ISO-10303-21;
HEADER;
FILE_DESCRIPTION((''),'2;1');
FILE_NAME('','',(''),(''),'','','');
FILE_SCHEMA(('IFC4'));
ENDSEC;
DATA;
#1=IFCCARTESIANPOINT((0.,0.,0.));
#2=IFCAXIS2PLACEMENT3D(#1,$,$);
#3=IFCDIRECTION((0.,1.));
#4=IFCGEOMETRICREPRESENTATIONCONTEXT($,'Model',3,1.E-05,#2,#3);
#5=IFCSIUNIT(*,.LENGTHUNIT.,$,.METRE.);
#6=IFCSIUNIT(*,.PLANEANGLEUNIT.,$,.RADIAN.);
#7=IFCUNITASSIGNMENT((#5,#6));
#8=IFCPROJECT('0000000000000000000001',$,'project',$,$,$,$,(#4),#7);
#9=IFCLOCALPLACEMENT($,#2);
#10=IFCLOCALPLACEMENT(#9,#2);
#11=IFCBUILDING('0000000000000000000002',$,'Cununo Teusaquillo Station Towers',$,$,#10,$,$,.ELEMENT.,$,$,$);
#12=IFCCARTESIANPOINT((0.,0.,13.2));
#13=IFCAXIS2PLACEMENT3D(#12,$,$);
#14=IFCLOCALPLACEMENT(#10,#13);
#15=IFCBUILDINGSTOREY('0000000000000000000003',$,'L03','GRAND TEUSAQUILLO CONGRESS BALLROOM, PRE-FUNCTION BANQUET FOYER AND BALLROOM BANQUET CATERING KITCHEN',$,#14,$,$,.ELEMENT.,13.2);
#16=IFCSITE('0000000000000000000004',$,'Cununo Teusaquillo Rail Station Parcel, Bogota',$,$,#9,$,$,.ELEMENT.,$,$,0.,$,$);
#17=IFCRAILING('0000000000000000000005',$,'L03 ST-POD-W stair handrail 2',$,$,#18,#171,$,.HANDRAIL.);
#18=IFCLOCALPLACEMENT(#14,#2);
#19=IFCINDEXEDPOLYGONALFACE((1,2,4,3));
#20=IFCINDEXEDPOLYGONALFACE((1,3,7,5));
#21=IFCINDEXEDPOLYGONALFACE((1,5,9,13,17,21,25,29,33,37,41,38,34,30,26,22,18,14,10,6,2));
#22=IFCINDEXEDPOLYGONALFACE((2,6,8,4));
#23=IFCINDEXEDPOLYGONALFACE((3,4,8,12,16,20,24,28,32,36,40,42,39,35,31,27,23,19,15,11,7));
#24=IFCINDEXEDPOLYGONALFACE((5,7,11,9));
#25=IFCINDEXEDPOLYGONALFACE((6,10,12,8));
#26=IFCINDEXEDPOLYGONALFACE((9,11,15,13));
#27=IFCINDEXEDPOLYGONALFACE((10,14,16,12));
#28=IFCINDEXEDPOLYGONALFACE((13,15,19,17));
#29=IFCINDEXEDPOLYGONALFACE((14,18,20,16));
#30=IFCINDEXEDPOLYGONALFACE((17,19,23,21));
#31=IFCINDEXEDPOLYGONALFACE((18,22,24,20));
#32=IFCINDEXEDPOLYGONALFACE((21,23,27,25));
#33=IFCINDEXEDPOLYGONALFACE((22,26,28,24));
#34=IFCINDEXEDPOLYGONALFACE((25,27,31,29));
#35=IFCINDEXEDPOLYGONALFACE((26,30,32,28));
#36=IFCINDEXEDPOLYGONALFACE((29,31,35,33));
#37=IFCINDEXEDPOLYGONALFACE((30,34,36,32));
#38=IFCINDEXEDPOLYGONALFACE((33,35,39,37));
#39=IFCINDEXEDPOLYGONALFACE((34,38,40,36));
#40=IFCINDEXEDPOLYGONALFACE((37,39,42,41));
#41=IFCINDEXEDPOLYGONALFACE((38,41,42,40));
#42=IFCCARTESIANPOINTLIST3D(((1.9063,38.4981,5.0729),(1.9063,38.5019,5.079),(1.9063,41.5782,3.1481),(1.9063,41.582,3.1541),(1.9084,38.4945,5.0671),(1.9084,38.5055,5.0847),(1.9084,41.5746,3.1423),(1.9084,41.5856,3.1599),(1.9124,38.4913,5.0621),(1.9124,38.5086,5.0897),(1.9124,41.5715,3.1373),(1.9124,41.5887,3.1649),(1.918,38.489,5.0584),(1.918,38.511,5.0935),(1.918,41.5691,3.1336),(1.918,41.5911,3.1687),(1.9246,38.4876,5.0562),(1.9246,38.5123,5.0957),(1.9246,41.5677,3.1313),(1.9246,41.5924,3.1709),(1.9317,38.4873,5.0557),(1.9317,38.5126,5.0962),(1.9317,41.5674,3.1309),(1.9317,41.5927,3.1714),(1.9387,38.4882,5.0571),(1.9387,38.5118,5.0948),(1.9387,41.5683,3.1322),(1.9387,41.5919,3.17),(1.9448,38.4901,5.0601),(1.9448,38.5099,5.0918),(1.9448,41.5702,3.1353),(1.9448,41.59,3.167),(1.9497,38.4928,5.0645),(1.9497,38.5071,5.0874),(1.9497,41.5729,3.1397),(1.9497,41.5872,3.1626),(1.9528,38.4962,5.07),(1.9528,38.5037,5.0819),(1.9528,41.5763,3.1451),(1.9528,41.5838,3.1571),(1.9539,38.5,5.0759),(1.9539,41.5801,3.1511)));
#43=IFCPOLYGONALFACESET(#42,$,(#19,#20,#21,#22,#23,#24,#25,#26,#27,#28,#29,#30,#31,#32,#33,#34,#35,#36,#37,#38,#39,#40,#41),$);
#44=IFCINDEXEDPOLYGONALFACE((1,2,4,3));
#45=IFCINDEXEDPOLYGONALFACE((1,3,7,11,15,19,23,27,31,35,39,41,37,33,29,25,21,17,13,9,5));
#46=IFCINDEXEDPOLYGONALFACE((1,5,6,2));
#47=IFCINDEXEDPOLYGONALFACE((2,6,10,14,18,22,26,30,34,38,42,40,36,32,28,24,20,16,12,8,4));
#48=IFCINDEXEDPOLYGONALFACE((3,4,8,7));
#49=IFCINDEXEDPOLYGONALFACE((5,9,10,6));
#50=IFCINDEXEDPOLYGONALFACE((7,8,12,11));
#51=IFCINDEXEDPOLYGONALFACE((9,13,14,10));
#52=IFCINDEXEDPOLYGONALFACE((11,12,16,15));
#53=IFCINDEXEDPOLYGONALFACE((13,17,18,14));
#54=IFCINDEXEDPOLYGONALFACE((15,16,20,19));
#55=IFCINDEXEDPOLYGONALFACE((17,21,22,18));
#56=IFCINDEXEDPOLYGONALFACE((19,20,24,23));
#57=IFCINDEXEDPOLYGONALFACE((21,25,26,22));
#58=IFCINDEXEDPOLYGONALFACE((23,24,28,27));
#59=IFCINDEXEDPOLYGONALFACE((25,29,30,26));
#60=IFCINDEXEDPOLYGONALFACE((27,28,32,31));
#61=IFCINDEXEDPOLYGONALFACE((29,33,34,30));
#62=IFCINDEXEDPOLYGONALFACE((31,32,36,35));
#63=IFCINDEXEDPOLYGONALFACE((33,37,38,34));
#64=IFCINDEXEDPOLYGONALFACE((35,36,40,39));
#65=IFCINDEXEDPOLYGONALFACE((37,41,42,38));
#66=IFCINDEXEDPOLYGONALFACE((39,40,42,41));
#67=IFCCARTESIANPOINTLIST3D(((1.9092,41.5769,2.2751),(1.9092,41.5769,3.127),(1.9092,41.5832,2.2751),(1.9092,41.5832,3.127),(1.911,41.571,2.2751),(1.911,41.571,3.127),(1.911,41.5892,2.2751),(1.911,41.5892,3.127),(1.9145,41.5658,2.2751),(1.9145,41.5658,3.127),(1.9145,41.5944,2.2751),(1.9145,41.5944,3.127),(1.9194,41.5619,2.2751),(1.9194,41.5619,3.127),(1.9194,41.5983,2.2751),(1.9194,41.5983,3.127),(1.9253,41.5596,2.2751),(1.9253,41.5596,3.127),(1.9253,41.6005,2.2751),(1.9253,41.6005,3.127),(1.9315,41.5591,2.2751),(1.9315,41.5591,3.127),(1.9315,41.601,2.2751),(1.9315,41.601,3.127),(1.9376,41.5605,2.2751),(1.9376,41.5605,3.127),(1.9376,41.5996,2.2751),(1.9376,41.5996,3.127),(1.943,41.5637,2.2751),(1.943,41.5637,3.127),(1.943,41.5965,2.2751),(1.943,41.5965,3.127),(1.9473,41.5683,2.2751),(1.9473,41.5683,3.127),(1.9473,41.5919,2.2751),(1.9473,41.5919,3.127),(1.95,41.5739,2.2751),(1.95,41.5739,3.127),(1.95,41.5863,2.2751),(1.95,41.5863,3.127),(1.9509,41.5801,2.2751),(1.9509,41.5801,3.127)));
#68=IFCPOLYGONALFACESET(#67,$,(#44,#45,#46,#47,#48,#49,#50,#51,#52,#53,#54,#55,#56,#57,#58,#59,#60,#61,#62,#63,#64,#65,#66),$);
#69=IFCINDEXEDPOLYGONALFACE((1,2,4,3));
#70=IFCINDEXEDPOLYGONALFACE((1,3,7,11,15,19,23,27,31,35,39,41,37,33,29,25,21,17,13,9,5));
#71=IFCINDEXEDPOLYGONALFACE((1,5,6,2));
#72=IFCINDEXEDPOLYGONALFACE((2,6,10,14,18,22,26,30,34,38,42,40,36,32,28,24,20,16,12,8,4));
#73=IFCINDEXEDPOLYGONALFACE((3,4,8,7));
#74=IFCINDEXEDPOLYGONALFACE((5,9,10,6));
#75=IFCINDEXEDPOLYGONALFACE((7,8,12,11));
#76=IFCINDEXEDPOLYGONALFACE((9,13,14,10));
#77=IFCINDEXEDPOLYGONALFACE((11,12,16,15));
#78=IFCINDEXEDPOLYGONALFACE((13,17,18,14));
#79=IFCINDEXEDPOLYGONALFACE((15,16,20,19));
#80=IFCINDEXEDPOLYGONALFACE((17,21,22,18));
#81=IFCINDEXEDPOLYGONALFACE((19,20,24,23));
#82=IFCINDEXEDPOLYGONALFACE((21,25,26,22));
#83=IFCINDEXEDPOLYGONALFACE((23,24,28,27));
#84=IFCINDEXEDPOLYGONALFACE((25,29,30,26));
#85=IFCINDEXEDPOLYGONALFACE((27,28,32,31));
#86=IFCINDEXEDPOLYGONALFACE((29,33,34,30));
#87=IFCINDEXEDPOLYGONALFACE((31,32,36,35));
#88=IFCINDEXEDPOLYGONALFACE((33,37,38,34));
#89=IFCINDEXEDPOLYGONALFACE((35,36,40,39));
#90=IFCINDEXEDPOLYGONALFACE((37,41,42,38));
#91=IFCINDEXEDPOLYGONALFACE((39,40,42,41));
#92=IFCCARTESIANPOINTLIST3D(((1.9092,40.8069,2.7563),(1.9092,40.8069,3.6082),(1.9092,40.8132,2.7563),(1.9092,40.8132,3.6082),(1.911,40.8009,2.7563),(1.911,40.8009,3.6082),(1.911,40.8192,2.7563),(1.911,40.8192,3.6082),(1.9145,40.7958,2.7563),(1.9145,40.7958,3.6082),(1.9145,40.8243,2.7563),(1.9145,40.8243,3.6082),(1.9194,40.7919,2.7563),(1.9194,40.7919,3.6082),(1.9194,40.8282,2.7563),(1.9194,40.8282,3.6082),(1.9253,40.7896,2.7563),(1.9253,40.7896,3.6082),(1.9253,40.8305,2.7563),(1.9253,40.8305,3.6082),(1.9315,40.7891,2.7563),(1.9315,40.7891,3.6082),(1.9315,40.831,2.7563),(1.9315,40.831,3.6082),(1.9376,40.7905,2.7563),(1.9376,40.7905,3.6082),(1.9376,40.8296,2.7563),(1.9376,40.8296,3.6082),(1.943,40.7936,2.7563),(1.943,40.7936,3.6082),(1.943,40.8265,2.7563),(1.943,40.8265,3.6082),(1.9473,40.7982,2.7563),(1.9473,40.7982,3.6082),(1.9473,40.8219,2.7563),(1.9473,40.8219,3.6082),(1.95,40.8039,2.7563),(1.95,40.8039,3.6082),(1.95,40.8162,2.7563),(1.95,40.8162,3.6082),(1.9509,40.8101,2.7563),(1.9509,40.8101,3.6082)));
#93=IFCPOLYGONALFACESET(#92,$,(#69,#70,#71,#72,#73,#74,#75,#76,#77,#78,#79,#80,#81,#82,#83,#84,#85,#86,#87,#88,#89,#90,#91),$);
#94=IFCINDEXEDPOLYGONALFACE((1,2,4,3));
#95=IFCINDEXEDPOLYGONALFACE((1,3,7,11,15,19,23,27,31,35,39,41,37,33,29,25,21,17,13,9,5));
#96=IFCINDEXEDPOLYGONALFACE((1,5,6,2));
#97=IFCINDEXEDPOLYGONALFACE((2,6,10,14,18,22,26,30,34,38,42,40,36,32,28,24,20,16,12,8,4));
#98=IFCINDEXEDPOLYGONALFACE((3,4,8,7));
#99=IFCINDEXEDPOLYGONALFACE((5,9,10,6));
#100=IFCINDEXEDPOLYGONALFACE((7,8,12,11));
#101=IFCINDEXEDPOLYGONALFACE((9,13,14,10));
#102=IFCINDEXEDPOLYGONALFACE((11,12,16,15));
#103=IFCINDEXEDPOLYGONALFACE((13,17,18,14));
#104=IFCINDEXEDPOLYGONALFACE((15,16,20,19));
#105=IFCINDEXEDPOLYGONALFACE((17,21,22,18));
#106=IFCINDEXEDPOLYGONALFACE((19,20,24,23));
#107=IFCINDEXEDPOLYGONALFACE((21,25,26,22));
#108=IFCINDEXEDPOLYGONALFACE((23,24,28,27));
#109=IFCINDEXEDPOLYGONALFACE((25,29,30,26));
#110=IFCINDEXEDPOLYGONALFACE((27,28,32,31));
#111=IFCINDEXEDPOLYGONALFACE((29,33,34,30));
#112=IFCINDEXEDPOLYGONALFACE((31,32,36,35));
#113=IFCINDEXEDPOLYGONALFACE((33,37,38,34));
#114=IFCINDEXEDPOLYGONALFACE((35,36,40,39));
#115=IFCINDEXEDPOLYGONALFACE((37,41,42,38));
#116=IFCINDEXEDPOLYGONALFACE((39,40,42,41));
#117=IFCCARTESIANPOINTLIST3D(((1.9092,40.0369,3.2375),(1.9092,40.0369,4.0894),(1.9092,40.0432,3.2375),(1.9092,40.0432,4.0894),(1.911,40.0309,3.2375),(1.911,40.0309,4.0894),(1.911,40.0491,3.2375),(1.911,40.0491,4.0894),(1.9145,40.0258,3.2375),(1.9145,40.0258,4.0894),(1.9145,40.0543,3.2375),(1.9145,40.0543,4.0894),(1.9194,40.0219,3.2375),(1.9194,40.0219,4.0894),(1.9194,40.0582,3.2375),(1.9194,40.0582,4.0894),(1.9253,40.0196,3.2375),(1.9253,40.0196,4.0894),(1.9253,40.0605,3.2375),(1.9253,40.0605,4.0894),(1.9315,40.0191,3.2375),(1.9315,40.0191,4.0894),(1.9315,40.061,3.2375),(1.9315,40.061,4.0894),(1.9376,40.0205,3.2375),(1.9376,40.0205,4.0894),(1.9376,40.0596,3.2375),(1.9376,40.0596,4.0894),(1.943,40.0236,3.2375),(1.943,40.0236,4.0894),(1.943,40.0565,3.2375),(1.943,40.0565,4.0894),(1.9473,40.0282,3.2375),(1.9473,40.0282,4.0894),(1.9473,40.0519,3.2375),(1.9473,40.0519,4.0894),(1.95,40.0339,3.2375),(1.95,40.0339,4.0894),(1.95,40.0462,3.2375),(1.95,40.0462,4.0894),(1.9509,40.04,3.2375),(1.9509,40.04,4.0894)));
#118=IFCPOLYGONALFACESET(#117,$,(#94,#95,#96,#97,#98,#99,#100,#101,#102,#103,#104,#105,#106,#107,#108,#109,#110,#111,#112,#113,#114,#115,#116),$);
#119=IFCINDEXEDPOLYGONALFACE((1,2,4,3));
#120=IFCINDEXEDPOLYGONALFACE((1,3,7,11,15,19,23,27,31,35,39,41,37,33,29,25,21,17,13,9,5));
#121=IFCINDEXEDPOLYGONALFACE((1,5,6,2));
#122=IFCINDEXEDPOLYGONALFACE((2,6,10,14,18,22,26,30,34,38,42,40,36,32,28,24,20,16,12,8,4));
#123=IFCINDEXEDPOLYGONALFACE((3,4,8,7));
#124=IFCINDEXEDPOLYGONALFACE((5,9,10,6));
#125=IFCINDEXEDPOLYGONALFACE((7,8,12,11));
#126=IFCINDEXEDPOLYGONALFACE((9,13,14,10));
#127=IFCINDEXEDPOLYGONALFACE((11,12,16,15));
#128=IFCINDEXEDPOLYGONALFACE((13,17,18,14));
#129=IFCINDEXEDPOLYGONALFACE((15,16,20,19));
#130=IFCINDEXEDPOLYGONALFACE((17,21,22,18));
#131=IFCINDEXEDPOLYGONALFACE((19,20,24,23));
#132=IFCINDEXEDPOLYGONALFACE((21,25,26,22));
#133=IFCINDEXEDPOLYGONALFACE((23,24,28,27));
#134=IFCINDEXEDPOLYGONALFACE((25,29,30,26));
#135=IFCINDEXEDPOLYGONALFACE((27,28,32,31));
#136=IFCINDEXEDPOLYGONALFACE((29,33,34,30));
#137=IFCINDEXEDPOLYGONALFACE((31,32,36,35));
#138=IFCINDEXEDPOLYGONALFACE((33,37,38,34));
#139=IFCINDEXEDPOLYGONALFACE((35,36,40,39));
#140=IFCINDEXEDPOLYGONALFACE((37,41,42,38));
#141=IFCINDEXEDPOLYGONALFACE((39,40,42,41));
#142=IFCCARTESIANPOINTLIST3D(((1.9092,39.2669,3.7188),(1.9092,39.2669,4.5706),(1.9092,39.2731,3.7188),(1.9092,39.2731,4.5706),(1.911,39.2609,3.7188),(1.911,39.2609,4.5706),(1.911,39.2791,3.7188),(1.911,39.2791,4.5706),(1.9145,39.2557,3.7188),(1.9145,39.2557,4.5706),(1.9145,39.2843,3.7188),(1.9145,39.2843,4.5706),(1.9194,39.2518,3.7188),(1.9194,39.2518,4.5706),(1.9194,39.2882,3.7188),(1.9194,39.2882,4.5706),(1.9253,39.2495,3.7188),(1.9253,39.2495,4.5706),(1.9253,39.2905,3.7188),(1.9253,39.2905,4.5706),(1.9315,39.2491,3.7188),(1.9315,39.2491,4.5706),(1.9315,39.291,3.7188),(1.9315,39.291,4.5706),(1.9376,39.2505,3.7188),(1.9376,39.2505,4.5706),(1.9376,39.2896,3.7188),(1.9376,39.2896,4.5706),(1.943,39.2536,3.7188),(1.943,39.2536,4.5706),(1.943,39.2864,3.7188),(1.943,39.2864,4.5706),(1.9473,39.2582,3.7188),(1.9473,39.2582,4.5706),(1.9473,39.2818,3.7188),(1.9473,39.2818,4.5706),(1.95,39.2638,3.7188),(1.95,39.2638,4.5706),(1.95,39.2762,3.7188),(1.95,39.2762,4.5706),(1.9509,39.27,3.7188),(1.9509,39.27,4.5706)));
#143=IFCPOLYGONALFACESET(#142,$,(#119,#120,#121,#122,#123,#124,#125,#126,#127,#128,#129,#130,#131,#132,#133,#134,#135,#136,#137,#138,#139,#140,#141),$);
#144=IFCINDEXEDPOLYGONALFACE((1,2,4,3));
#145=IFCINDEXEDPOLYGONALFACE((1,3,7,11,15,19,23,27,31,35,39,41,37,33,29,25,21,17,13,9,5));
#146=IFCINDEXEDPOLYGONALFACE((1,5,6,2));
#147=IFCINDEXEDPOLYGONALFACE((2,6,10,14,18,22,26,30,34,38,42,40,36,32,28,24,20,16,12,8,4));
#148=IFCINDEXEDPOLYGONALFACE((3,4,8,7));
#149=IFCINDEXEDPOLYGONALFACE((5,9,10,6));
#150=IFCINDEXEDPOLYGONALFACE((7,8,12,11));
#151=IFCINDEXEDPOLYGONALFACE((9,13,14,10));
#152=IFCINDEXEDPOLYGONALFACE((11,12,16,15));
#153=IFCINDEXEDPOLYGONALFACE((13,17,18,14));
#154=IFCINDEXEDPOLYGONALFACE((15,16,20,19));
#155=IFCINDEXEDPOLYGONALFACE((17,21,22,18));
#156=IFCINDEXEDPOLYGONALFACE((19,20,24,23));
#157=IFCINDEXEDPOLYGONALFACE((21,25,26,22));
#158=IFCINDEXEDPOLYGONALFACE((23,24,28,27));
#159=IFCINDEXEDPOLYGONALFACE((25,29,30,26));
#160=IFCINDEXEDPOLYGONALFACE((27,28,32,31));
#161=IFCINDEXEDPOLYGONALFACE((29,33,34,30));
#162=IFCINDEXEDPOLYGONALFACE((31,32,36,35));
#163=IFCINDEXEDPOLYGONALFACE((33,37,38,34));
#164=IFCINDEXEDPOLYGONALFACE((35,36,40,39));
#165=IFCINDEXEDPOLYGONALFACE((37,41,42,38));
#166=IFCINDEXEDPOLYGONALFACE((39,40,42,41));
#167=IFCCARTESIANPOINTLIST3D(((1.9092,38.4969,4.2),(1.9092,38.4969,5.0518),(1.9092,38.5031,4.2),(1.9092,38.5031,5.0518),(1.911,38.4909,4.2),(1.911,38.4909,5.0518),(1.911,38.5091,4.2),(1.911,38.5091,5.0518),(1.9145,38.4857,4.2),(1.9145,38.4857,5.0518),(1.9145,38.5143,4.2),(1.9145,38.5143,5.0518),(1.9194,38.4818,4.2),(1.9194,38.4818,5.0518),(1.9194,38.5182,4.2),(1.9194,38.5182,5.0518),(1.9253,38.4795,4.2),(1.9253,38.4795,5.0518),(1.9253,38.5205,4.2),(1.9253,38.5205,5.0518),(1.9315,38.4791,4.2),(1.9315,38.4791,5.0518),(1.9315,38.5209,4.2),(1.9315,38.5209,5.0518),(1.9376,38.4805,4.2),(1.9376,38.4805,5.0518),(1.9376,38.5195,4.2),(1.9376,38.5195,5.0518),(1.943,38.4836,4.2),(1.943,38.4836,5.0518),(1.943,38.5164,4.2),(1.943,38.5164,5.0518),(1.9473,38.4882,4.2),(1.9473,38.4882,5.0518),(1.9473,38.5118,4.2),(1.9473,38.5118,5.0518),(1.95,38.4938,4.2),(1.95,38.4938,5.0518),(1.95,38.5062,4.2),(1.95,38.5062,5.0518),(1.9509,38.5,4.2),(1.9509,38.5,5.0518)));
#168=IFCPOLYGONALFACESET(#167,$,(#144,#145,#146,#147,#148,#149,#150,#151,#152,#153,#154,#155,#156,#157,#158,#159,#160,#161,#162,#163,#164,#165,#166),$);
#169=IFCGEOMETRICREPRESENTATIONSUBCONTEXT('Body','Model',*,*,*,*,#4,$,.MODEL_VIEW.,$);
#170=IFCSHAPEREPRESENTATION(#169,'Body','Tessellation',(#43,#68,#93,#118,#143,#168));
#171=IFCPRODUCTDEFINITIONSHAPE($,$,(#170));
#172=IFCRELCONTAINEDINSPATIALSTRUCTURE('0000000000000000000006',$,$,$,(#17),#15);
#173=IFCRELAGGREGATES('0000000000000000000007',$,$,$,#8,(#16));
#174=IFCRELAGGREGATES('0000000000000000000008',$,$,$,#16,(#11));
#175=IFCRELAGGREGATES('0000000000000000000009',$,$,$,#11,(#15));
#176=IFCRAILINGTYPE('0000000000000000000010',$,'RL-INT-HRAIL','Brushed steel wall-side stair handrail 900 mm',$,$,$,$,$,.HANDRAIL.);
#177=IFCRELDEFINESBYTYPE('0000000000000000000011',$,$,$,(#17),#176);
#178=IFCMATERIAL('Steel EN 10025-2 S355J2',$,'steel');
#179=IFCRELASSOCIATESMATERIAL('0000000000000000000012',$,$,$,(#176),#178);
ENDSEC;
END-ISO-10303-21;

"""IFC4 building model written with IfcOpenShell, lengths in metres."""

from ifc_helpers import new_model, si_unit, direction, frame, origin, origin_2d, place, context, subcontext, project, spatial, circle, extrude, material, type_object, element, save


model = new_model("IFC4")

# Units and contexts
model_context = context("Model", 3, precision=1e-05, world=origin(), true_north=direction((0.0, 1.0)))
body_context = subcontext(model_context, "Body", "Model", "MODEL_VIEW")
ifc_project = project(units=[si_unit("LENGTHUNIT", "METRE"), si_unit("PLANEANGLEUNIT", "RADIAN")], contexts=[model_context])

# Site, building, storey
site_placement = place(None, origin())
site = spatial("IfcSite", under=ifc_project, at=site_placement, Name="Cununo Teusaquillo Rail Station Parcel, Bogota", CompositionType="ELEMENT", RefElevation=0.0)
building_placement = place(site_placement, origin())
building = spatial("IfcBuilding", under=site, at=building_placement, Name="Cununo Teusaquillo Station Towers", CompositionType="ELEMENT")
storey_placement = place(building_placement, frame((0.0, 0.0, 13.2)))
storey = spatial("IfcBuildingStorey", under=building, at=storey_placement, Name="L03", Description="GRAND TEUSAQUILLO CONGRESS BALLROOM, PRE-FUNCTION BANQUET FOYER AND BALLROOM BANQUET CATERING KITCHEN", CompositionType="ELEMENT", Elevation=13.2)

# Railing
ifc_material_1 = material(Name="Steel EN 10025-2 S355J2", Category="steel")
railing_type_1 = type_object("IfcRailingType", Name="RL-INT-HRAIL", Description="Brushed steel wall-side stair handrail 900 mm", PredefinedType="HANDRAIL", material=ifc_material_1)
railing_1_placement = place(storey_placement, frame((1.9299, 41.5801, 2.2751)))
element("IfcRailing", 1, at=railing_1_placement, inside=storey, type_object=railing_type_1, Name="L03 ST-POD-W stair handrail 2", PredefinedType="HANDRAIL", context=body_context, shape_type="SweptSolid", body=[
    extrude(circle(Radius=0.0239, at=origin_2d()), frame((0.0, 0.0, 0.876), z_axis=(0.0, -0.848029, 0.529951), x_axis=(1.0, 0.0, 0.0)), (0.0, 0.0, 1.0), 3.6321),
    extrude(circle(Radius=0.021, at=origin_2d()), origin(), (0.0, 0.0, 1.0), 0.8518),
    extrude(circle(Radius=0.021, at=origin_2d()), frame((0.0, -0.77, 0.4812)), (0.0, 0.0, 1.0), 0.8518),
    extrude(circle(Radius=0.021, at=origin_2d()), frame((0.0, -1.54, 0.9624)), (0.0, 0.0, 1.0), 0.8518),
    extrude(circle(Radius=0.021, at=origin_2d()), frame((0.0, -2.3101, 1.4436)), (0.0, 0.0, 1.0), 0.8518),
    extrude(circle(Radius=0.021, at=origin_2d()), frame((0.0, -3.0801, 1.9248)), (0.0, 0.0, 1.0), 0.8518),
])

save(model, "model.ifc")
